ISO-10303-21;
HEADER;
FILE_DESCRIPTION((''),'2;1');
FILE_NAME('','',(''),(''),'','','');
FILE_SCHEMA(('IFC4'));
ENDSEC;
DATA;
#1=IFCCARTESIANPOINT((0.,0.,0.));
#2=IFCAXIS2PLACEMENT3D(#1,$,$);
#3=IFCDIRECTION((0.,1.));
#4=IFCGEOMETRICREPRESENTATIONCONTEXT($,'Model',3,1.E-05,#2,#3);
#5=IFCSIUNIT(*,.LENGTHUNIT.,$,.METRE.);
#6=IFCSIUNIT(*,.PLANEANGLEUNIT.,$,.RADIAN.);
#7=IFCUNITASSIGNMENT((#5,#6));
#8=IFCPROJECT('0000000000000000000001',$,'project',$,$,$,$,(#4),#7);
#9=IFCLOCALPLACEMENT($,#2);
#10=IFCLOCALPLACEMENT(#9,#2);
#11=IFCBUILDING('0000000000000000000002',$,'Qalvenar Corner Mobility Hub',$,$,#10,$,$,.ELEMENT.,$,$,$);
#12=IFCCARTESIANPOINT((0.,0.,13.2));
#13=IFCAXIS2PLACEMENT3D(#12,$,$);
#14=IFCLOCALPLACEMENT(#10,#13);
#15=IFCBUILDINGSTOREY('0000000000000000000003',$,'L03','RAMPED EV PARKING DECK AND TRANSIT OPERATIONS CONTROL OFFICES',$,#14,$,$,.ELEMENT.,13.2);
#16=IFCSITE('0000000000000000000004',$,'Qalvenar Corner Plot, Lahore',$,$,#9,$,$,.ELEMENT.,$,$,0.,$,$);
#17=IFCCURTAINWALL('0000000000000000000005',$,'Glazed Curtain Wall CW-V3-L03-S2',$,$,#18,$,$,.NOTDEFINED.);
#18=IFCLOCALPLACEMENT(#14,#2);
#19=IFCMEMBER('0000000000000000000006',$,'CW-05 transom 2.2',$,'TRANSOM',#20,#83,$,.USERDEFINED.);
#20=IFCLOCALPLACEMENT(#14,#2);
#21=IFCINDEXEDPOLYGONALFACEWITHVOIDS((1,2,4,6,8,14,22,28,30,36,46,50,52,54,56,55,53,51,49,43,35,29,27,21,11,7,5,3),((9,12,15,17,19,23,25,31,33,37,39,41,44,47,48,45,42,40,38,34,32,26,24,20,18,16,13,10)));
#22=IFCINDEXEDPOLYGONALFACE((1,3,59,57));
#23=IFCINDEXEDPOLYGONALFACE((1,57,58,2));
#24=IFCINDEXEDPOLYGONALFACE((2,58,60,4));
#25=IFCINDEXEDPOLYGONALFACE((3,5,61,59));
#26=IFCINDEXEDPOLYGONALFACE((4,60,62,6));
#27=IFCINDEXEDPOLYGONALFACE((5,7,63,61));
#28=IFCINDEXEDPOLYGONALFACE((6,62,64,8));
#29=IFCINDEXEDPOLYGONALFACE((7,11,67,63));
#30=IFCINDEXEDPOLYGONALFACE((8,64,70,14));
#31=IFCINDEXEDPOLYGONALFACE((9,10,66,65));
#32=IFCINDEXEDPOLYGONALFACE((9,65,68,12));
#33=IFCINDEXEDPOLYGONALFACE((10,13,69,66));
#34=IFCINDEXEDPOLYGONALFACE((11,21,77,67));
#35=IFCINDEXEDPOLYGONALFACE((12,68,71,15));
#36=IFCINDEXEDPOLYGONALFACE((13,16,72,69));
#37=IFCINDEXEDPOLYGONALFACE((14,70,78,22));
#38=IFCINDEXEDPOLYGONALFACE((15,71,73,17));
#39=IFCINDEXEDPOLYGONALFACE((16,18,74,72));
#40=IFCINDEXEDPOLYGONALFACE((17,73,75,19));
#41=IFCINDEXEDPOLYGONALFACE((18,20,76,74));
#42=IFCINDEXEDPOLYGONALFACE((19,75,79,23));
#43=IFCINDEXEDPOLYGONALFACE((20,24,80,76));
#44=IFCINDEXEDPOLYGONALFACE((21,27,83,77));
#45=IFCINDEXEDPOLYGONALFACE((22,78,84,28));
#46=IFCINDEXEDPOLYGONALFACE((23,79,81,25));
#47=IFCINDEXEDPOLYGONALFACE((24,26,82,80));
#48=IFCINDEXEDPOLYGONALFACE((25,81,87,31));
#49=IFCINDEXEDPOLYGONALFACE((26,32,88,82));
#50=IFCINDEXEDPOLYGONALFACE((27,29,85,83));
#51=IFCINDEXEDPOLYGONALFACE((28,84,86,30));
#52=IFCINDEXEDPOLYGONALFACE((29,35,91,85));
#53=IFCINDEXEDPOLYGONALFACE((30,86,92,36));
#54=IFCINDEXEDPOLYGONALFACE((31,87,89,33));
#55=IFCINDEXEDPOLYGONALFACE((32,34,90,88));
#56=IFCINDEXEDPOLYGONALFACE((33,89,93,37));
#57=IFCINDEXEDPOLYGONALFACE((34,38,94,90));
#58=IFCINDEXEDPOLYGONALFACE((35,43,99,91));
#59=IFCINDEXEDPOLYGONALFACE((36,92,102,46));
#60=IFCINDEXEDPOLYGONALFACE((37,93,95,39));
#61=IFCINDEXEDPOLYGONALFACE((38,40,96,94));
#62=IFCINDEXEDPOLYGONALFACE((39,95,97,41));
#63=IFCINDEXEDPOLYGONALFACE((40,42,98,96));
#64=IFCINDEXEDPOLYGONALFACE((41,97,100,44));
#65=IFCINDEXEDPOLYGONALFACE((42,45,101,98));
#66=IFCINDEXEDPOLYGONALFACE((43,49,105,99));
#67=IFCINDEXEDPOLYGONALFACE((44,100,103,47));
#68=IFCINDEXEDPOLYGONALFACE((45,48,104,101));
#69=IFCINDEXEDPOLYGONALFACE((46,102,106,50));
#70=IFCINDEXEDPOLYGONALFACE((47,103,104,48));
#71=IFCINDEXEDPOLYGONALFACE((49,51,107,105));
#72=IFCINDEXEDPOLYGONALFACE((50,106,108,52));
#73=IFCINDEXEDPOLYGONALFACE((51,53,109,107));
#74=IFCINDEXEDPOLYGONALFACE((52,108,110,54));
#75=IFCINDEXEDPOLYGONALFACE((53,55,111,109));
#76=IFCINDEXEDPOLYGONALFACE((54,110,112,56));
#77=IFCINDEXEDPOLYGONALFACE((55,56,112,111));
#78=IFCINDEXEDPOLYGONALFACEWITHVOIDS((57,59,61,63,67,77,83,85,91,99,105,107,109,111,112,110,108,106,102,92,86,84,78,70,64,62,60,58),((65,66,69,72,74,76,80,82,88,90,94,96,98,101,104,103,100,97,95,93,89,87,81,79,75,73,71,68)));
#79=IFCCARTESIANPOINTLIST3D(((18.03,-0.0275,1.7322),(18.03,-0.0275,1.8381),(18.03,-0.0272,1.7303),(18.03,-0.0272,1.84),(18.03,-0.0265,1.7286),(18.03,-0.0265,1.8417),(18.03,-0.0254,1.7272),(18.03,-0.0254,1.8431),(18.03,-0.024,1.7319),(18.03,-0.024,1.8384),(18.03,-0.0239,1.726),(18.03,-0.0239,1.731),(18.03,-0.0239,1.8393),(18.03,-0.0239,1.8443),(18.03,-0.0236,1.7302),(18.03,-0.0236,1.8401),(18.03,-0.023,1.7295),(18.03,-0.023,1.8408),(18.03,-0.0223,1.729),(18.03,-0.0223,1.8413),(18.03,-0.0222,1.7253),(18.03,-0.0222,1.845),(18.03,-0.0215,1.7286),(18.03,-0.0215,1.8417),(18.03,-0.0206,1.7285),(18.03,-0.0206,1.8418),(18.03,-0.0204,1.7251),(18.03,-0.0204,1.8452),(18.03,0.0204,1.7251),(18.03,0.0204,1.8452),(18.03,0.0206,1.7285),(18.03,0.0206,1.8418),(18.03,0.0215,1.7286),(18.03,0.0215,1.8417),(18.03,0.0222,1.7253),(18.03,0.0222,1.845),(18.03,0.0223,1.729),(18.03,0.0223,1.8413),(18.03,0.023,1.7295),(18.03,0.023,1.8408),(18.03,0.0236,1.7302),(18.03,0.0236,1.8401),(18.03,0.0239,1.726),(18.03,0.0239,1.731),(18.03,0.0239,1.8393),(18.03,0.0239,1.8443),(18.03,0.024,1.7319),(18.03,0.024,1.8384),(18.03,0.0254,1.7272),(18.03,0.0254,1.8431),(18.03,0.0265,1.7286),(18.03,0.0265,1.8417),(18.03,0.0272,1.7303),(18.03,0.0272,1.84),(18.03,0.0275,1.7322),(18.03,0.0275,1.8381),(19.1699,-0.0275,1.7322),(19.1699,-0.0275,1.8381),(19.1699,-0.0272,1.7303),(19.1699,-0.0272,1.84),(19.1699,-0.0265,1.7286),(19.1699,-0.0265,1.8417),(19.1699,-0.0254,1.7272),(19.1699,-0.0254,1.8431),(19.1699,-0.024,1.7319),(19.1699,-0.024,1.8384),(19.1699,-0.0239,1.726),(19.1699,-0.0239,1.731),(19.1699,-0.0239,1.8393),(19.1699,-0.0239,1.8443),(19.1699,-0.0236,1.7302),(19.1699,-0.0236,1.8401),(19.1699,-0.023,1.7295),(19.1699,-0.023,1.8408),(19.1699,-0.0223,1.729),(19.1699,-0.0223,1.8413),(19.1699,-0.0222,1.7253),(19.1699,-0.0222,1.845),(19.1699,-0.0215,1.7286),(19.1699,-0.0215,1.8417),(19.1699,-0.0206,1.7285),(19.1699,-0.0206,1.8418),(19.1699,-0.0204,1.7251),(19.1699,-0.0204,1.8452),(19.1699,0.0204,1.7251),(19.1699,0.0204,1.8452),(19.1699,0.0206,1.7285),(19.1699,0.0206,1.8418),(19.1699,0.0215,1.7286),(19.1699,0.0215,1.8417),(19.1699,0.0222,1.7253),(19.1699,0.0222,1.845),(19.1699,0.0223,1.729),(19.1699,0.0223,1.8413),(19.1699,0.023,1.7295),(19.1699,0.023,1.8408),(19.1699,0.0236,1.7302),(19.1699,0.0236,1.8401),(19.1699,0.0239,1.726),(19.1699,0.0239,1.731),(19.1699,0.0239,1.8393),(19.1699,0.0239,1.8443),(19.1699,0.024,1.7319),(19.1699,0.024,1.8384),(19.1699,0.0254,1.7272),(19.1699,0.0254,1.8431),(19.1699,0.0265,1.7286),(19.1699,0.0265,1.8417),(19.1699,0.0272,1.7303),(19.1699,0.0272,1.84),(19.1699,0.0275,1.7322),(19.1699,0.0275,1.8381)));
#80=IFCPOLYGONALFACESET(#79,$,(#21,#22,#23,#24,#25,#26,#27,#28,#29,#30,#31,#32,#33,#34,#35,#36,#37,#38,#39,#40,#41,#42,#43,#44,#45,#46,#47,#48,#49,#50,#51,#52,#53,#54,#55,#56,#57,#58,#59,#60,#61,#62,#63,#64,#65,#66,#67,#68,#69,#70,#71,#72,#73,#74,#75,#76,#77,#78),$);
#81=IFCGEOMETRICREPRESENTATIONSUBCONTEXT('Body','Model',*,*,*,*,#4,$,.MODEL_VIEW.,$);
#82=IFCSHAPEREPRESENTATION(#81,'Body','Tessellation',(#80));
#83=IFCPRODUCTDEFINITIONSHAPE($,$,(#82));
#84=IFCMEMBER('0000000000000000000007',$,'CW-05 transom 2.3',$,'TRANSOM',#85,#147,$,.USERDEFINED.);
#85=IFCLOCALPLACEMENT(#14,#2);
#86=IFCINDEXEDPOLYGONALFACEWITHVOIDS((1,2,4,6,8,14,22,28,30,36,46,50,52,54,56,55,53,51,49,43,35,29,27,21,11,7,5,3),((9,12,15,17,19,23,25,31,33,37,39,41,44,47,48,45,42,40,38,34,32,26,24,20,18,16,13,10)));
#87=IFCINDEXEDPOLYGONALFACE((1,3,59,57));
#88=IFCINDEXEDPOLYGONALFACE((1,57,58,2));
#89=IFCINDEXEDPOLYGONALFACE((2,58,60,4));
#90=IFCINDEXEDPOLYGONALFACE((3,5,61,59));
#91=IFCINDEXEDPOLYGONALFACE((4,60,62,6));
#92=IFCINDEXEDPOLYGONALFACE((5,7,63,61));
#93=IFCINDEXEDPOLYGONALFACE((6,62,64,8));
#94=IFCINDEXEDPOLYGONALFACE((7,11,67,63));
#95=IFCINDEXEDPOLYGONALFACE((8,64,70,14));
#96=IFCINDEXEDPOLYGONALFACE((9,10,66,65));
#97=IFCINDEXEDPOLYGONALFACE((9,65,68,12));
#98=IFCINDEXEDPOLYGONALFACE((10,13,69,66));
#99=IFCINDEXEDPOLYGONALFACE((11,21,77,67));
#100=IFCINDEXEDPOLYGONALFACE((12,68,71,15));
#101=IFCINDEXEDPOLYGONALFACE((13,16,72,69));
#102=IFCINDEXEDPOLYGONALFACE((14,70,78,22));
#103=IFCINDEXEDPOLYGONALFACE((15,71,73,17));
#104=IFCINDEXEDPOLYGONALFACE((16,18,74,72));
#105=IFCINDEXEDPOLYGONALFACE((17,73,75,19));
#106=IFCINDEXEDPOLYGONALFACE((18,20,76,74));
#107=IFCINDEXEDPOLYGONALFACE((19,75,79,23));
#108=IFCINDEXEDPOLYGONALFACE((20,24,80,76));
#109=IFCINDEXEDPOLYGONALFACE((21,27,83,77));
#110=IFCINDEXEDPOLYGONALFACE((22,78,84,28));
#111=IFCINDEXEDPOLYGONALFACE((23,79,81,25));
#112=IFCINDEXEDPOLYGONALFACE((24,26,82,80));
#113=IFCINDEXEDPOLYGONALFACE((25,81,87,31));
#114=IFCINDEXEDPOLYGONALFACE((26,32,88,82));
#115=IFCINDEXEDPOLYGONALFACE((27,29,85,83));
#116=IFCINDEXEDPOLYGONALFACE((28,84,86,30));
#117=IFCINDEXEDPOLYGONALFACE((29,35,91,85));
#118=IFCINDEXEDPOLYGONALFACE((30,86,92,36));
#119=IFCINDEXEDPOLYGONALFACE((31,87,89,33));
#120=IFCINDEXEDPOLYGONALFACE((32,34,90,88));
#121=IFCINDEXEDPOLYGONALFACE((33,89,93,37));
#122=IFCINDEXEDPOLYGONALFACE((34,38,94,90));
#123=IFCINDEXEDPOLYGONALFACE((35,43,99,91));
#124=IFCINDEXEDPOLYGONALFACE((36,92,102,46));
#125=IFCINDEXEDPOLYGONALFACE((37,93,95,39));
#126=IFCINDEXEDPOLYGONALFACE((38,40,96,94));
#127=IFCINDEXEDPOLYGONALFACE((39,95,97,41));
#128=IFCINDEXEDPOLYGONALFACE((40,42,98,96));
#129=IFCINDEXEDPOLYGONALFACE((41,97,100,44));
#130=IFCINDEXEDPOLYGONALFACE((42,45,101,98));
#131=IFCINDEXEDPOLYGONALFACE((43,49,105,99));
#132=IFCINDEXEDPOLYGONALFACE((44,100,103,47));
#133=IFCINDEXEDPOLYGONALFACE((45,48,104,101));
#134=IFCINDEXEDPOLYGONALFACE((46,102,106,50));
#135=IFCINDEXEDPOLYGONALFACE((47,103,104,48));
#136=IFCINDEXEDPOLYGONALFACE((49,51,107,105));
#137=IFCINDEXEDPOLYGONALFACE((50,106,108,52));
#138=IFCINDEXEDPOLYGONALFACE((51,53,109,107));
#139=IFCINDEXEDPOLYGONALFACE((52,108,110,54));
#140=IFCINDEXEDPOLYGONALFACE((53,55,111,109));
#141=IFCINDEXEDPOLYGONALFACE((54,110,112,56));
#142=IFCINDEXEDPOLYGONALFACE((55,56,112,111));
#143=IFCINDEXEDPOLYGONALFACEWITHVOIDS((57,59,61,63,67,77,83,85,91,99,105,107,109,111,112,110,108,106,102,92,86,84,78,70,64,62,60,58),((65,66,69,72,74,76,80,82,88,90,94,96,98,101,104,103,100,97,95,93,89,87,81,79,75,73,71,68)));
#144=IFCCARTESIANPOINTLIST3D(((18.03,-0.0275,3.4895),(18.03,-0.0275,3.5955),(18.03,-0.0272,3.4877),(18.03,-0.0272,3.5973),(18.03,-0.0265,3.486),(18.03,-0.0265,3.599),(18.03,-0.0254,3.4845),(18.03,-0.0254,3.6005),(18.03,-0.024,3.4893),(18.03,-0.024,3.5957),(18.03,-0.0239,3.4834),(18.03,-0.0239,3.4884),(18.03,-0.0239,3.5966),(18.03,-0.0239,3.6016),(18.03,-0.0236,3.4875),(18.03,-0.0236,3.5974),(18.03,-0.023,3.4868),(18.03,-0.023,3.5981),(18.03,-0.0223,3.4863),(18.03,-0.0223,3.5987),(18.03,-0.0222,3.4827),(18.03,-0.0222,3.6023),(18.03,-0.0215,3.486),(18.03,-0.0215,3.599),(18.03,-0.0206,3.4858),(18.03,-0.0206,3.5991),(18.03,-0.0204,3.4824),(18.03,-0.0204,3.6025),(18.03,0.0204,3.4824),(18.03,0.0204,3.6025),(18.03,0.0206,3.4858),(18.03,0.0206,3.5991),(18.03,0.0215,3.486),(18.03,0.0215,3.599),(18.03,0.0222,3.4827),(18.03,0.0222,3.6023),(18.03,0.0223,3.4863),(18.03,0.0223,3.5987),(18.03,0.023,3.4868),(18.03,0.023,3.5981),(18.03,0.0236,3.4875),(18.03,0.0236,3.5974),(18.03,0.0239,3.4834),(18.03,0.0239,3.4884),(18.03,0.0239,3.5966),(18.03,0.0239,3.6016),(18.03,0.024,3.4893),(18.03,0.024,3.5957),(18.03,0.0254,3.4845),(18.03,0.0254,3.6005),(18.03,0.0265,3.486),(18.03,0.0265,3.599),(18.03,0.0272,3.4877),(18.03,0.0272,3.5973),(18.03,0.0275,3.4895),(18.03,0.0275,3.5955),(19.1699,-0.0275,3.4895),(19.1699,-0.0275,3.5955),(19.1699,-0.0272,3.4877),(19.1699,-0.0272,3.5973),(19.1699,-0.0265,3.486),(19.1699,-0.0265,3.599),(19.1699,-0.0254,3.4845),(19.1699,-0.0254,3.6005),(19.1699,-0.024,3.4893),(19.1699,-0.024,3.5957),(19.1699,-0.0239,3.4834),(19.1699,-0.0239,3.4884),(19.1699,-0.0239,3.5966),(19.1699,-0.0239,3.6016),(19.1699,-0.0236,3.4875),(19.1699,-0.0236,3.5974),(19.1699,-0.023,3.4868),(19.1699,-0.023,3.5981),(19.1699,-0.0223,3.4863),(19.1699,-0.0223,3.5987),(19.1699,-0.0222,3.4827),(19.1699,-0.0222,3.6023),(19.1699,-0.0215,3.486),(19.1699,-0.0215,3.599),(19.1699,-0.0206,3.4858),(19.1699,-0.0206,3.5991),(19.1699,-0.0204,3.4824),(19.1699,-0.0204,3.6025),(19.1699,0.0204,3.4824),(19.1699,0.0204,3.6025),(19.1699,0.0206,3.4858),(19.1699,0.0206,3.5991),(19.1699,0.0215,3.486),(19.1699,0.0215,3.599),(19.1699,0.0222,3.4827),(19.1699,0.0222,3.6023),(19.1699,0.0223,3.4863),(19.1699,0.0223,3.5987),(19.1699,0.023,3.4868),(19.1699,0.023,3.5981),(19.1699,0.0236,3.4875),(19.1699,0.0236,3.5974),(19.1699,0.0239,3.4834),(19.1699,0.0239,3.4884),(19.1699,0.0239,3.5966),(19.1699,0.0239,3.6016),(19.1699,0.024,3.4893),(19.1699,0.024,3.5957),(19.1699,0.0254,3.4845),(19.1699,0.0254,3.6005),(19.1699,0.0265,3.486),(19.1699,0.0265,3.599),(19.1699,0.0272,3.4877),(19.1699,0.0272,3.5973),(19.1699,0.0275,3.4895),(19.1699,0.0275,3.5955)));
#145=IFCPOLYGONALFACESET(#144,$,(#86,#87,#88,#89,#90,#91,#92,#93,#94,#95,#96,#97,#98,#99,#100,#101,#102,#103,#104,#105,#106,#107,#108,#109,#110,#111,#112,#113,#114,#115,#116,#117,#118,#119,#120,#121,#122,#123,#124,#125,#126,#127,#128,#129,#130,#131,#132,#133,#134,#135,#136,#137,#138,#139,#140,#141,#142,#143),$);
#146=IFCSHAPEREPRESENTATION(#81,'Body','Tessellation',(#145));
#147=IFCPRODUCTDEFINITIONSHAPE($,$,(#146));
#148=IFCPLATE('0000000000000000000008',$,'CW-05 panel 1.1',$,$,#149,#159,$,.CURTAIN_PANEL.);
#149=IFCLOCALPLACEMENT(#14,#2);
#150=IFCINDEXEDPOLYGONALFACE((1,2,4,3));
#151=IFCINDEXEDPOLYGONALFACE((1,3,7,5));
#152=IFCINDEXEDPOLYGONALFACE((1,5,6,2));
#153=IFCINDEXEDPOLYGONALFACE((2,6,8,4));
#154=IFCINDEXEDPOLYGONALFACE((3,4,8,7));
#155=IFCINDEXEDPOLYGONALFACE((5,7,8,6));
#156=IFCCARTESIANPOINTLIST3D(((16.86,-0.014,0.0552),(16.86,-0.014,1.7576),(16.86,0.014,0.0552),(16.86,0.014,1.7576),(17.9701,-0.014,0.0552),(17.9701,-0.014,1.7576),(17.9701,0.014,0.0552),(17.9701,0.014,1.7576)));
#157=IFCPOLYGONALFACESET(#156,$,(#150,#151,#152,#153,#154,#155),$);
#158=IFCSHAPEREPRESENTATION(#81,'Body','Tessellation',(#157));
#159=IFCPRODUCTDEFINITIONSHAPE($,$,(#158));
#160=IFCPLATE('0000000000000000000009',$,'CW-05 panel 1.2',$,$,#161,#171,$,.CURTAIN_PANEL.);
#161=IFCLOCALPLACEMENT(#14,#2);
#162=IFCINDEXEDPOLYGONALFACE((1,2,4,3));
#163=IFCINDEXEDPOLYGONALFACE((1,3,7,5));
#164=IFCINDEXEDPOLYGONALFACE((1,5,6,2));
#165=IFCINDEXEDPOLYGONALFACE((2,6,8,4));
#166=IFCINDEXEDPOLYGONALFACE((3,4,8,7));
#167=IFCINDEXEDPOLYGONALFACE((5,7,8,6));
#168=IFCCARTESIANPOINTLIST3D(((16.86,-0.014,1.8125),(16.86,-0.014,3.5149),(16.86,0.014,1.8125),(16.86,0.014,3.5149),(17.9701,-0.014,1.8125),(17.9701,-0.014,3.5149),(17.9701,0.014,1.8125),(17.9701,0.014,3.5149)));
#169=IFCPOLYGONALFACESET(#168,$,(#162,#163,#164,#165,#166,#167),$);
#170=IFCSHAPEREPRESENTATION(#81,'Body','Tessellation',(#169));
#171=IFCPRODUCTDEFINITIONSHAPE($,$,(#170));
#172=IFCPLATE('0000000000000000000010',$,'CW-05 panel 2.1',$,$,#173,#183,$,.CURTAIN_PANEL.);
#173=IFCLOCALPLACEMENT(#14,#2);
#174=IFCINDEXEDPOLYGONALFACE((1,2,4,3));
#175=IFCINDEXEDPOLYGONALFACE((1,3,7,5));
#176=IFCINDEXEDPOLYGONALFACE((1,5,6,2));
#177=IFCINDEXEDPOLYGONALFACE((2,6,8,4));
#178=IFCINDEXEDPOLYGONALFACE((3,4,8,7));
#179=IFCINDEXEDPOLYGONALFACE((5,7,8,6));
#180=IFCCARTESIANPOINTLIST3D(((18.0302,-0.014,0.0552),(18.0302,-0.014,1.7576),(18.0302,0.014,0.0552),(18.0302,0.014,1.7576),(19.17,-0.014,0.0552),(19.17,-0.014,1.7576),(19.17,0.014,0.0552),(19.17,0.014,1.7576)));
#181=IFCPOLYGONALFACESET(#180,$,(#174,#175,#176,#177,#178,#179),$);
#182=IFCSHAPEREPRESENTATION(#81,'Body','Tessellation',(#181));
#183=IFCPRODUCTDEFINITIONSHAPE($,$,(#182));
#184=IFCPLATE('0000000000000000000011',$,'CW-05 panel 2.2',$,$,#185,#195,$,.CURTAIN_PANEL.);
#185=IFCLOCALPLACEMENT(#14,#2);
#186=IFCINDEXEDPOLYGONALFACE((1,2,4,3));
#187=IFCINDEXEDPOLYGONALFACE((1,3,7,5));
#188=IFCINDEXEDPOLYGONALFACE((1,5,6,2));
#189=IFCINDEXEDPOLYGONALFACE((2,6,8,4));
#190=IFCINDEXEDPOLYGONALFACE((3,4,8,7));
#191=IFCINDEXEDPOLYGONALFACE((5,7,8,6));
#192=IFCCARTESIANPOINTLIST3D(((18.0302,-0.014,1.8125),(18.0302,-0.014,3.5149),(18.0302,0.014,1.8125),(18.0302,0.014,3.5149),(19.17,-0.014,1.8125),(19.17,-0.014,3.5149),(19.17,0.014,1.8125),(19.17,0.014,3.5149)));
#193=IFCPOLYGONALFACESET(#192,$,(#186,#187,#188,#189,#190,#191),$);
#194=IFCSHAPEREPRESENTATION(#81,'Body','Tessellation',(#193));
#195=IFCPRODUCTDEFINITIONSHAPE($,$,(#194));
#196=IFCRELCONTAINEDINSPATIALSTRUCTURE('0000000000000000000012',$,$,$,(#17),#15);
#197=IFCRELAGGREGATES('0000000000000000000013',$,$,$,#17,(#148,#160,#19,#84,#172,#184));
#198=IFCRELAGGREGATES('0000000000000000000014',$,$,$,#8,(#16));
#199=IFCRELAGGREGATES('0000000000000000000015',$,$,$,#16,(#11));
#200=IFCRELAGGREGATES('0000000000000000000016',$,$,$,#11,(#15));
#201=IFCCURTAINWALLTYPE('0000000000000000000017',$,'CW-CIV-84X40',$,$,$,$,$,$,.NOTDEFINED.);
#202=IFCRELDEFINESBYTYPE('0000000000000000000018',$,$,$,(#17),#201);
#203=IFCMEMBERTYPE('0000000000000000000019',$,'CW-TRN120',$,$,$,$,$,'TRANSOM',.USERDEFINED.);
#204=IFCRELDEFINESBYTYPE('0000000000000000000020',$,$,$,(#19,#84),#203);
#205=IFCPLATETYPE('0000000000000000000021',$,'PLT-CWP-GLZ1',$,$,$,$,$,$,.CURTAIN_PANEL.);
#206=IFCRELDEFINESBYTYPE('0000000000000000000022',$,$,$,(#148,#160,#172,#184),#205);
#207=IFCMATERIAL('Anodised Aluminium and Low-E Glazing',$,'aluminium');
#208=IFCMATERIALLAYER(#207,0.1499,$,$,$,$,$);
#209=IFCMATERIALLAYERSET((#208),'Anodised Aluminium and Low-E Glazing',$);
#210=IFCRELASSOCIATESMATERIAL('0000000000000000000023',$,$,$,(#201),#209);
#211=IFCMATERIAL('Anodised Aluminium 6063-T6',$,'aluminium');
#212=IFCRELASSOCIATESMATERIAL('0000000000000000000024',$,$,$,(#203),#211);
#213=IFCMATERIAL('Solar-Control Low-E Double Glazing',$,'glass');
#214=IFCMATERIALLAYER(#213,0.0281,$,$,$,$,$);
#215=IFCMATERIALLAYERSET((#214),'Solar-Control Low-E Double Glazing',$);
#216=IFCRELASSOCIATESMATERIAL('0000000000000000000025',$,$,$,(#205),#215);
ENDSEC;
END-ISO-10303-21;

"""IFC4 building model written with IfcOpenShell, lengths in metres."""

from ifc_helpers import new_model, si_unit, direction, frame, origin, origin_2d, place, context, subcontext, project, spatial, rectangle, hollow_rectangle, extrude, material, layer, layer_set, material_profile, profile_set, type_object, element, aggregate, save


model = new_model("IFC4")

# Units and contexts
model_context = context("Model", 3, precision=1e-05, world=origin(), true_north=direction((0.0, 1.0)))
body_context = subcontext(model_context, "Body", "Model", "MODEL_VIEW")
ifc_project = project(units=[si_unit("LENGTHUNIT", "METRE"), si_unit("PLANEANGLEUNIT", "RADIAN")], contexts=[model_context])

# Site, building, storey
site_placement = place(None, origin())
site = spatial("IfcSite", under=ifc_project, at=site_placement, Name="Qalvenar Corner Plot, Lahore", CompositionType="ELEMENT", RefElevation=0.0)
building_placement = place(site_placement, origin())
building = spatial("IfcBuilding", under=site, at=building_placement, Name="Qalvenar Corner Mobility Hub", CompositionType="ELEMENT")
storey_placement = place(building_placement, frame((0.0, 0.0, 13.2)))
storey = spatial("IfcBuildingStorey", under=building, at=storey_placement, Name="L03", Description="RAMPED EV PARKING DECK AND TRANSIT OPERATIONS CONTROL OFFICES", CompositionType="ELEMENT", Elevation=13.2)

# Curtain wall, members, plates
ifc_material_1 = material(Name="Anodised Aluminium and Low-E Glazing", Category="aluminium")
ifc_layer_1 = layer(ifc_material_1, 0.1499)
ifc_layer_set_1 = layer_set([ifc_layer_1], Name="Anodised Aluminium and Low-E Glazing")
curtain_wall_type = type_object("IfcCurtainWallType", Name="CW-CIV-84X40", PredefinedType="NOTDEFINED", material=ifc_layer_set_1)
curtain_wall_placement = place(storey_placement, origin())
curtain_wall = element("IfcCurtainWall", 1, at=curtain_wall_placement, inside=storey, type_object=curtain_wall_type, Name="Glazed Curtain Wall CW-V3-L03-S2", PredefinedType="NOTDEFINED")
ifc_material_2 = material(Name="Anodised Aluminium 6063-T6", Category="aluminium")
ifc_material_profile_1 = material_profile(ifc_material_2, hollow_rectangle(XDim=0.0549, YDim=0.1201, WallThickness=0.0034, InnerFilletRadius=0.0034, OuterFilletRadius=0.0071, at=origin_2d()), Name="RHS120x55x3.5")
ifc_profile_set_1 = profile_set([ifc_material_profile_1], Name="Anodised Aluminium 6063-T6")
member_type_1 = type_object("IfcMemberType", Name="CW-TRN120", ElementType="TRANSOM", PredefinedType="USERDEFINED", material=ifc_profile_set_1)
member_1_placement = place(storey_placement, frame((18.03, 0.0, 1.7852), z_axis=(1.0, 0.0, 0.0), x_axis=(0.0, 1.0, 0.0)))
member_1 = element("IfcMember", 2, at=member_1_placement, type_object=member_type_1, Name="CW-05 transom 2.2", ObjectType="TRANSOM", PredefinedType="USERDEFINED", context=body_context, shape_type="SweptSolid", body=[
    extrude(hollow_rectangle(XDim=0.0549, YDim=0.1201, WallThickness=0.0034, InnerFilletRadius=0.0034, OuterFilletRadius=0.0071, at=origin_2d()), origin(), (0.0, 0.0, 1.0), 1.1399),
])
member_2_placement = place(storey_placement, frame((18.03, 0.0, 3.5425), z_axis=(1.0, 0.0, 0.0), x_axis=(0.0, 1.0, 0.0)))
member_2 = element("IfcMember", 3, at=member_2_placement, type_object=member_type_1, Name="CW-05 transom 2.3", ObjectType="TRANSOM", PredefinedType="USERDEFINED", context=body_context, shape_type="SweptSolid", body=[
    extrude(hollow_rectangle(XDim=0.0549, YDim=0.1201, WallThickness=0.0034, InnerFilletRadius=0.0034, OuterFilletRadius=0.0071, at=origin_2d()), origin(), (0.0, 0.0, 1.0), 1.1399),
])
ifc_material_3 = material(Name="Solar-Control Low-E Double Glazing", Category="glass")
ifc_layer_2 = layer(ifc_material_3, 0.0281)
ifc_layer_set_2 = layer_set([ifc_layer_2], Name="Solar-Control Low-E Double Glazing")
plate_type = type_object("IfcPlateType", Name="PLT-CWP-GLZ1", PredefinedType="CURTAIN_PANEL", material=ifc_layer_set_2)
plate_1_placement = place(storey_placement, frame((17.415, 0.0, 0.0552), z_axis=(0.0, 0.0, 1.0), x_axis=(1.0, 0.0, 0.0)))
plate_1 = element("IfcPlate", 4, at=plate_1_placement, type_object=plate_type, Name="CW-05 panel 1.1", PredefinedType="CURTAIN_PANEL", context=body_context, shape_type="SweptSolid", body=[
    extrude(rectangle(XDim=1.1101, YDim=0.0281, at=origin_2d()), origin(), (0.0, 0.0, 1.0), 1.7024),
])
plate_2_placement = place(storey_placement, frame((17.415, 0.0, 1.8125), z_axis=(0.0, 0.0, 1.0), x_axis=(1.0, 0.0, 0.0)))
plate_2 = element("IfcPlate", 5, at=plate_2_placement, type_object=plate_type, Name="CW-05 panel 1.2", PredefinedType="CURTAIN_PANEL", context=body_context, shape_type="SweptSolid", body=[
    extrude(rectangle(XDim=1.1101, YDim=0.0281, at=origin_2d()), origin(), (0.0, 0.0, 1.0), 1.7024),
])
plate_3_placement = place(storey_placement, frame((18.6001, 0.0, 0.0552), z_axis=(0.0, 0.0, 1.0), x_axis=(1.0, 0.0, 0.0)))
plate_3 = element("IfcPlate", 6, at=plate_3_placement, type_object=plate_type, Name="CW-05 panel 2.1", PredefinedType="CURTAIN_PANEL", context=body_context, shape_type="SweptSolid", body=[
    extrude(rectangle(XDim=1.1399, YDim=0.0281, at=origin_2d()), origin(), (0.0, 0.0, 1.0), 1.7024),
])
plate_4_placement = place(storey_placement, frame((18.6001, 0.0, 1.8125), z_axis=(0.0, 0.0, 1.0), x_axis=(1.0, 0.0, 0.0)))
plate_4 = element("IfcPlate", 7, at=plate_4_placement, type_object=plate_type, Name="CW-05 panel 2.2", PredefinedType="CURTAIN_PANEL", context=body_context, shape_type="SweptSolid", body=[
    extrude(rectangle(XDim=1.1399, YDim=0.0281, at=origin_2d()), origin(), (0.0, 0.0, 1.0), 1.7024),
])
aggregate(curtain_wall, [plate_1, plate_2, member_1, member_2, plate_3, plate_4])

save(model, "model.ifc")
